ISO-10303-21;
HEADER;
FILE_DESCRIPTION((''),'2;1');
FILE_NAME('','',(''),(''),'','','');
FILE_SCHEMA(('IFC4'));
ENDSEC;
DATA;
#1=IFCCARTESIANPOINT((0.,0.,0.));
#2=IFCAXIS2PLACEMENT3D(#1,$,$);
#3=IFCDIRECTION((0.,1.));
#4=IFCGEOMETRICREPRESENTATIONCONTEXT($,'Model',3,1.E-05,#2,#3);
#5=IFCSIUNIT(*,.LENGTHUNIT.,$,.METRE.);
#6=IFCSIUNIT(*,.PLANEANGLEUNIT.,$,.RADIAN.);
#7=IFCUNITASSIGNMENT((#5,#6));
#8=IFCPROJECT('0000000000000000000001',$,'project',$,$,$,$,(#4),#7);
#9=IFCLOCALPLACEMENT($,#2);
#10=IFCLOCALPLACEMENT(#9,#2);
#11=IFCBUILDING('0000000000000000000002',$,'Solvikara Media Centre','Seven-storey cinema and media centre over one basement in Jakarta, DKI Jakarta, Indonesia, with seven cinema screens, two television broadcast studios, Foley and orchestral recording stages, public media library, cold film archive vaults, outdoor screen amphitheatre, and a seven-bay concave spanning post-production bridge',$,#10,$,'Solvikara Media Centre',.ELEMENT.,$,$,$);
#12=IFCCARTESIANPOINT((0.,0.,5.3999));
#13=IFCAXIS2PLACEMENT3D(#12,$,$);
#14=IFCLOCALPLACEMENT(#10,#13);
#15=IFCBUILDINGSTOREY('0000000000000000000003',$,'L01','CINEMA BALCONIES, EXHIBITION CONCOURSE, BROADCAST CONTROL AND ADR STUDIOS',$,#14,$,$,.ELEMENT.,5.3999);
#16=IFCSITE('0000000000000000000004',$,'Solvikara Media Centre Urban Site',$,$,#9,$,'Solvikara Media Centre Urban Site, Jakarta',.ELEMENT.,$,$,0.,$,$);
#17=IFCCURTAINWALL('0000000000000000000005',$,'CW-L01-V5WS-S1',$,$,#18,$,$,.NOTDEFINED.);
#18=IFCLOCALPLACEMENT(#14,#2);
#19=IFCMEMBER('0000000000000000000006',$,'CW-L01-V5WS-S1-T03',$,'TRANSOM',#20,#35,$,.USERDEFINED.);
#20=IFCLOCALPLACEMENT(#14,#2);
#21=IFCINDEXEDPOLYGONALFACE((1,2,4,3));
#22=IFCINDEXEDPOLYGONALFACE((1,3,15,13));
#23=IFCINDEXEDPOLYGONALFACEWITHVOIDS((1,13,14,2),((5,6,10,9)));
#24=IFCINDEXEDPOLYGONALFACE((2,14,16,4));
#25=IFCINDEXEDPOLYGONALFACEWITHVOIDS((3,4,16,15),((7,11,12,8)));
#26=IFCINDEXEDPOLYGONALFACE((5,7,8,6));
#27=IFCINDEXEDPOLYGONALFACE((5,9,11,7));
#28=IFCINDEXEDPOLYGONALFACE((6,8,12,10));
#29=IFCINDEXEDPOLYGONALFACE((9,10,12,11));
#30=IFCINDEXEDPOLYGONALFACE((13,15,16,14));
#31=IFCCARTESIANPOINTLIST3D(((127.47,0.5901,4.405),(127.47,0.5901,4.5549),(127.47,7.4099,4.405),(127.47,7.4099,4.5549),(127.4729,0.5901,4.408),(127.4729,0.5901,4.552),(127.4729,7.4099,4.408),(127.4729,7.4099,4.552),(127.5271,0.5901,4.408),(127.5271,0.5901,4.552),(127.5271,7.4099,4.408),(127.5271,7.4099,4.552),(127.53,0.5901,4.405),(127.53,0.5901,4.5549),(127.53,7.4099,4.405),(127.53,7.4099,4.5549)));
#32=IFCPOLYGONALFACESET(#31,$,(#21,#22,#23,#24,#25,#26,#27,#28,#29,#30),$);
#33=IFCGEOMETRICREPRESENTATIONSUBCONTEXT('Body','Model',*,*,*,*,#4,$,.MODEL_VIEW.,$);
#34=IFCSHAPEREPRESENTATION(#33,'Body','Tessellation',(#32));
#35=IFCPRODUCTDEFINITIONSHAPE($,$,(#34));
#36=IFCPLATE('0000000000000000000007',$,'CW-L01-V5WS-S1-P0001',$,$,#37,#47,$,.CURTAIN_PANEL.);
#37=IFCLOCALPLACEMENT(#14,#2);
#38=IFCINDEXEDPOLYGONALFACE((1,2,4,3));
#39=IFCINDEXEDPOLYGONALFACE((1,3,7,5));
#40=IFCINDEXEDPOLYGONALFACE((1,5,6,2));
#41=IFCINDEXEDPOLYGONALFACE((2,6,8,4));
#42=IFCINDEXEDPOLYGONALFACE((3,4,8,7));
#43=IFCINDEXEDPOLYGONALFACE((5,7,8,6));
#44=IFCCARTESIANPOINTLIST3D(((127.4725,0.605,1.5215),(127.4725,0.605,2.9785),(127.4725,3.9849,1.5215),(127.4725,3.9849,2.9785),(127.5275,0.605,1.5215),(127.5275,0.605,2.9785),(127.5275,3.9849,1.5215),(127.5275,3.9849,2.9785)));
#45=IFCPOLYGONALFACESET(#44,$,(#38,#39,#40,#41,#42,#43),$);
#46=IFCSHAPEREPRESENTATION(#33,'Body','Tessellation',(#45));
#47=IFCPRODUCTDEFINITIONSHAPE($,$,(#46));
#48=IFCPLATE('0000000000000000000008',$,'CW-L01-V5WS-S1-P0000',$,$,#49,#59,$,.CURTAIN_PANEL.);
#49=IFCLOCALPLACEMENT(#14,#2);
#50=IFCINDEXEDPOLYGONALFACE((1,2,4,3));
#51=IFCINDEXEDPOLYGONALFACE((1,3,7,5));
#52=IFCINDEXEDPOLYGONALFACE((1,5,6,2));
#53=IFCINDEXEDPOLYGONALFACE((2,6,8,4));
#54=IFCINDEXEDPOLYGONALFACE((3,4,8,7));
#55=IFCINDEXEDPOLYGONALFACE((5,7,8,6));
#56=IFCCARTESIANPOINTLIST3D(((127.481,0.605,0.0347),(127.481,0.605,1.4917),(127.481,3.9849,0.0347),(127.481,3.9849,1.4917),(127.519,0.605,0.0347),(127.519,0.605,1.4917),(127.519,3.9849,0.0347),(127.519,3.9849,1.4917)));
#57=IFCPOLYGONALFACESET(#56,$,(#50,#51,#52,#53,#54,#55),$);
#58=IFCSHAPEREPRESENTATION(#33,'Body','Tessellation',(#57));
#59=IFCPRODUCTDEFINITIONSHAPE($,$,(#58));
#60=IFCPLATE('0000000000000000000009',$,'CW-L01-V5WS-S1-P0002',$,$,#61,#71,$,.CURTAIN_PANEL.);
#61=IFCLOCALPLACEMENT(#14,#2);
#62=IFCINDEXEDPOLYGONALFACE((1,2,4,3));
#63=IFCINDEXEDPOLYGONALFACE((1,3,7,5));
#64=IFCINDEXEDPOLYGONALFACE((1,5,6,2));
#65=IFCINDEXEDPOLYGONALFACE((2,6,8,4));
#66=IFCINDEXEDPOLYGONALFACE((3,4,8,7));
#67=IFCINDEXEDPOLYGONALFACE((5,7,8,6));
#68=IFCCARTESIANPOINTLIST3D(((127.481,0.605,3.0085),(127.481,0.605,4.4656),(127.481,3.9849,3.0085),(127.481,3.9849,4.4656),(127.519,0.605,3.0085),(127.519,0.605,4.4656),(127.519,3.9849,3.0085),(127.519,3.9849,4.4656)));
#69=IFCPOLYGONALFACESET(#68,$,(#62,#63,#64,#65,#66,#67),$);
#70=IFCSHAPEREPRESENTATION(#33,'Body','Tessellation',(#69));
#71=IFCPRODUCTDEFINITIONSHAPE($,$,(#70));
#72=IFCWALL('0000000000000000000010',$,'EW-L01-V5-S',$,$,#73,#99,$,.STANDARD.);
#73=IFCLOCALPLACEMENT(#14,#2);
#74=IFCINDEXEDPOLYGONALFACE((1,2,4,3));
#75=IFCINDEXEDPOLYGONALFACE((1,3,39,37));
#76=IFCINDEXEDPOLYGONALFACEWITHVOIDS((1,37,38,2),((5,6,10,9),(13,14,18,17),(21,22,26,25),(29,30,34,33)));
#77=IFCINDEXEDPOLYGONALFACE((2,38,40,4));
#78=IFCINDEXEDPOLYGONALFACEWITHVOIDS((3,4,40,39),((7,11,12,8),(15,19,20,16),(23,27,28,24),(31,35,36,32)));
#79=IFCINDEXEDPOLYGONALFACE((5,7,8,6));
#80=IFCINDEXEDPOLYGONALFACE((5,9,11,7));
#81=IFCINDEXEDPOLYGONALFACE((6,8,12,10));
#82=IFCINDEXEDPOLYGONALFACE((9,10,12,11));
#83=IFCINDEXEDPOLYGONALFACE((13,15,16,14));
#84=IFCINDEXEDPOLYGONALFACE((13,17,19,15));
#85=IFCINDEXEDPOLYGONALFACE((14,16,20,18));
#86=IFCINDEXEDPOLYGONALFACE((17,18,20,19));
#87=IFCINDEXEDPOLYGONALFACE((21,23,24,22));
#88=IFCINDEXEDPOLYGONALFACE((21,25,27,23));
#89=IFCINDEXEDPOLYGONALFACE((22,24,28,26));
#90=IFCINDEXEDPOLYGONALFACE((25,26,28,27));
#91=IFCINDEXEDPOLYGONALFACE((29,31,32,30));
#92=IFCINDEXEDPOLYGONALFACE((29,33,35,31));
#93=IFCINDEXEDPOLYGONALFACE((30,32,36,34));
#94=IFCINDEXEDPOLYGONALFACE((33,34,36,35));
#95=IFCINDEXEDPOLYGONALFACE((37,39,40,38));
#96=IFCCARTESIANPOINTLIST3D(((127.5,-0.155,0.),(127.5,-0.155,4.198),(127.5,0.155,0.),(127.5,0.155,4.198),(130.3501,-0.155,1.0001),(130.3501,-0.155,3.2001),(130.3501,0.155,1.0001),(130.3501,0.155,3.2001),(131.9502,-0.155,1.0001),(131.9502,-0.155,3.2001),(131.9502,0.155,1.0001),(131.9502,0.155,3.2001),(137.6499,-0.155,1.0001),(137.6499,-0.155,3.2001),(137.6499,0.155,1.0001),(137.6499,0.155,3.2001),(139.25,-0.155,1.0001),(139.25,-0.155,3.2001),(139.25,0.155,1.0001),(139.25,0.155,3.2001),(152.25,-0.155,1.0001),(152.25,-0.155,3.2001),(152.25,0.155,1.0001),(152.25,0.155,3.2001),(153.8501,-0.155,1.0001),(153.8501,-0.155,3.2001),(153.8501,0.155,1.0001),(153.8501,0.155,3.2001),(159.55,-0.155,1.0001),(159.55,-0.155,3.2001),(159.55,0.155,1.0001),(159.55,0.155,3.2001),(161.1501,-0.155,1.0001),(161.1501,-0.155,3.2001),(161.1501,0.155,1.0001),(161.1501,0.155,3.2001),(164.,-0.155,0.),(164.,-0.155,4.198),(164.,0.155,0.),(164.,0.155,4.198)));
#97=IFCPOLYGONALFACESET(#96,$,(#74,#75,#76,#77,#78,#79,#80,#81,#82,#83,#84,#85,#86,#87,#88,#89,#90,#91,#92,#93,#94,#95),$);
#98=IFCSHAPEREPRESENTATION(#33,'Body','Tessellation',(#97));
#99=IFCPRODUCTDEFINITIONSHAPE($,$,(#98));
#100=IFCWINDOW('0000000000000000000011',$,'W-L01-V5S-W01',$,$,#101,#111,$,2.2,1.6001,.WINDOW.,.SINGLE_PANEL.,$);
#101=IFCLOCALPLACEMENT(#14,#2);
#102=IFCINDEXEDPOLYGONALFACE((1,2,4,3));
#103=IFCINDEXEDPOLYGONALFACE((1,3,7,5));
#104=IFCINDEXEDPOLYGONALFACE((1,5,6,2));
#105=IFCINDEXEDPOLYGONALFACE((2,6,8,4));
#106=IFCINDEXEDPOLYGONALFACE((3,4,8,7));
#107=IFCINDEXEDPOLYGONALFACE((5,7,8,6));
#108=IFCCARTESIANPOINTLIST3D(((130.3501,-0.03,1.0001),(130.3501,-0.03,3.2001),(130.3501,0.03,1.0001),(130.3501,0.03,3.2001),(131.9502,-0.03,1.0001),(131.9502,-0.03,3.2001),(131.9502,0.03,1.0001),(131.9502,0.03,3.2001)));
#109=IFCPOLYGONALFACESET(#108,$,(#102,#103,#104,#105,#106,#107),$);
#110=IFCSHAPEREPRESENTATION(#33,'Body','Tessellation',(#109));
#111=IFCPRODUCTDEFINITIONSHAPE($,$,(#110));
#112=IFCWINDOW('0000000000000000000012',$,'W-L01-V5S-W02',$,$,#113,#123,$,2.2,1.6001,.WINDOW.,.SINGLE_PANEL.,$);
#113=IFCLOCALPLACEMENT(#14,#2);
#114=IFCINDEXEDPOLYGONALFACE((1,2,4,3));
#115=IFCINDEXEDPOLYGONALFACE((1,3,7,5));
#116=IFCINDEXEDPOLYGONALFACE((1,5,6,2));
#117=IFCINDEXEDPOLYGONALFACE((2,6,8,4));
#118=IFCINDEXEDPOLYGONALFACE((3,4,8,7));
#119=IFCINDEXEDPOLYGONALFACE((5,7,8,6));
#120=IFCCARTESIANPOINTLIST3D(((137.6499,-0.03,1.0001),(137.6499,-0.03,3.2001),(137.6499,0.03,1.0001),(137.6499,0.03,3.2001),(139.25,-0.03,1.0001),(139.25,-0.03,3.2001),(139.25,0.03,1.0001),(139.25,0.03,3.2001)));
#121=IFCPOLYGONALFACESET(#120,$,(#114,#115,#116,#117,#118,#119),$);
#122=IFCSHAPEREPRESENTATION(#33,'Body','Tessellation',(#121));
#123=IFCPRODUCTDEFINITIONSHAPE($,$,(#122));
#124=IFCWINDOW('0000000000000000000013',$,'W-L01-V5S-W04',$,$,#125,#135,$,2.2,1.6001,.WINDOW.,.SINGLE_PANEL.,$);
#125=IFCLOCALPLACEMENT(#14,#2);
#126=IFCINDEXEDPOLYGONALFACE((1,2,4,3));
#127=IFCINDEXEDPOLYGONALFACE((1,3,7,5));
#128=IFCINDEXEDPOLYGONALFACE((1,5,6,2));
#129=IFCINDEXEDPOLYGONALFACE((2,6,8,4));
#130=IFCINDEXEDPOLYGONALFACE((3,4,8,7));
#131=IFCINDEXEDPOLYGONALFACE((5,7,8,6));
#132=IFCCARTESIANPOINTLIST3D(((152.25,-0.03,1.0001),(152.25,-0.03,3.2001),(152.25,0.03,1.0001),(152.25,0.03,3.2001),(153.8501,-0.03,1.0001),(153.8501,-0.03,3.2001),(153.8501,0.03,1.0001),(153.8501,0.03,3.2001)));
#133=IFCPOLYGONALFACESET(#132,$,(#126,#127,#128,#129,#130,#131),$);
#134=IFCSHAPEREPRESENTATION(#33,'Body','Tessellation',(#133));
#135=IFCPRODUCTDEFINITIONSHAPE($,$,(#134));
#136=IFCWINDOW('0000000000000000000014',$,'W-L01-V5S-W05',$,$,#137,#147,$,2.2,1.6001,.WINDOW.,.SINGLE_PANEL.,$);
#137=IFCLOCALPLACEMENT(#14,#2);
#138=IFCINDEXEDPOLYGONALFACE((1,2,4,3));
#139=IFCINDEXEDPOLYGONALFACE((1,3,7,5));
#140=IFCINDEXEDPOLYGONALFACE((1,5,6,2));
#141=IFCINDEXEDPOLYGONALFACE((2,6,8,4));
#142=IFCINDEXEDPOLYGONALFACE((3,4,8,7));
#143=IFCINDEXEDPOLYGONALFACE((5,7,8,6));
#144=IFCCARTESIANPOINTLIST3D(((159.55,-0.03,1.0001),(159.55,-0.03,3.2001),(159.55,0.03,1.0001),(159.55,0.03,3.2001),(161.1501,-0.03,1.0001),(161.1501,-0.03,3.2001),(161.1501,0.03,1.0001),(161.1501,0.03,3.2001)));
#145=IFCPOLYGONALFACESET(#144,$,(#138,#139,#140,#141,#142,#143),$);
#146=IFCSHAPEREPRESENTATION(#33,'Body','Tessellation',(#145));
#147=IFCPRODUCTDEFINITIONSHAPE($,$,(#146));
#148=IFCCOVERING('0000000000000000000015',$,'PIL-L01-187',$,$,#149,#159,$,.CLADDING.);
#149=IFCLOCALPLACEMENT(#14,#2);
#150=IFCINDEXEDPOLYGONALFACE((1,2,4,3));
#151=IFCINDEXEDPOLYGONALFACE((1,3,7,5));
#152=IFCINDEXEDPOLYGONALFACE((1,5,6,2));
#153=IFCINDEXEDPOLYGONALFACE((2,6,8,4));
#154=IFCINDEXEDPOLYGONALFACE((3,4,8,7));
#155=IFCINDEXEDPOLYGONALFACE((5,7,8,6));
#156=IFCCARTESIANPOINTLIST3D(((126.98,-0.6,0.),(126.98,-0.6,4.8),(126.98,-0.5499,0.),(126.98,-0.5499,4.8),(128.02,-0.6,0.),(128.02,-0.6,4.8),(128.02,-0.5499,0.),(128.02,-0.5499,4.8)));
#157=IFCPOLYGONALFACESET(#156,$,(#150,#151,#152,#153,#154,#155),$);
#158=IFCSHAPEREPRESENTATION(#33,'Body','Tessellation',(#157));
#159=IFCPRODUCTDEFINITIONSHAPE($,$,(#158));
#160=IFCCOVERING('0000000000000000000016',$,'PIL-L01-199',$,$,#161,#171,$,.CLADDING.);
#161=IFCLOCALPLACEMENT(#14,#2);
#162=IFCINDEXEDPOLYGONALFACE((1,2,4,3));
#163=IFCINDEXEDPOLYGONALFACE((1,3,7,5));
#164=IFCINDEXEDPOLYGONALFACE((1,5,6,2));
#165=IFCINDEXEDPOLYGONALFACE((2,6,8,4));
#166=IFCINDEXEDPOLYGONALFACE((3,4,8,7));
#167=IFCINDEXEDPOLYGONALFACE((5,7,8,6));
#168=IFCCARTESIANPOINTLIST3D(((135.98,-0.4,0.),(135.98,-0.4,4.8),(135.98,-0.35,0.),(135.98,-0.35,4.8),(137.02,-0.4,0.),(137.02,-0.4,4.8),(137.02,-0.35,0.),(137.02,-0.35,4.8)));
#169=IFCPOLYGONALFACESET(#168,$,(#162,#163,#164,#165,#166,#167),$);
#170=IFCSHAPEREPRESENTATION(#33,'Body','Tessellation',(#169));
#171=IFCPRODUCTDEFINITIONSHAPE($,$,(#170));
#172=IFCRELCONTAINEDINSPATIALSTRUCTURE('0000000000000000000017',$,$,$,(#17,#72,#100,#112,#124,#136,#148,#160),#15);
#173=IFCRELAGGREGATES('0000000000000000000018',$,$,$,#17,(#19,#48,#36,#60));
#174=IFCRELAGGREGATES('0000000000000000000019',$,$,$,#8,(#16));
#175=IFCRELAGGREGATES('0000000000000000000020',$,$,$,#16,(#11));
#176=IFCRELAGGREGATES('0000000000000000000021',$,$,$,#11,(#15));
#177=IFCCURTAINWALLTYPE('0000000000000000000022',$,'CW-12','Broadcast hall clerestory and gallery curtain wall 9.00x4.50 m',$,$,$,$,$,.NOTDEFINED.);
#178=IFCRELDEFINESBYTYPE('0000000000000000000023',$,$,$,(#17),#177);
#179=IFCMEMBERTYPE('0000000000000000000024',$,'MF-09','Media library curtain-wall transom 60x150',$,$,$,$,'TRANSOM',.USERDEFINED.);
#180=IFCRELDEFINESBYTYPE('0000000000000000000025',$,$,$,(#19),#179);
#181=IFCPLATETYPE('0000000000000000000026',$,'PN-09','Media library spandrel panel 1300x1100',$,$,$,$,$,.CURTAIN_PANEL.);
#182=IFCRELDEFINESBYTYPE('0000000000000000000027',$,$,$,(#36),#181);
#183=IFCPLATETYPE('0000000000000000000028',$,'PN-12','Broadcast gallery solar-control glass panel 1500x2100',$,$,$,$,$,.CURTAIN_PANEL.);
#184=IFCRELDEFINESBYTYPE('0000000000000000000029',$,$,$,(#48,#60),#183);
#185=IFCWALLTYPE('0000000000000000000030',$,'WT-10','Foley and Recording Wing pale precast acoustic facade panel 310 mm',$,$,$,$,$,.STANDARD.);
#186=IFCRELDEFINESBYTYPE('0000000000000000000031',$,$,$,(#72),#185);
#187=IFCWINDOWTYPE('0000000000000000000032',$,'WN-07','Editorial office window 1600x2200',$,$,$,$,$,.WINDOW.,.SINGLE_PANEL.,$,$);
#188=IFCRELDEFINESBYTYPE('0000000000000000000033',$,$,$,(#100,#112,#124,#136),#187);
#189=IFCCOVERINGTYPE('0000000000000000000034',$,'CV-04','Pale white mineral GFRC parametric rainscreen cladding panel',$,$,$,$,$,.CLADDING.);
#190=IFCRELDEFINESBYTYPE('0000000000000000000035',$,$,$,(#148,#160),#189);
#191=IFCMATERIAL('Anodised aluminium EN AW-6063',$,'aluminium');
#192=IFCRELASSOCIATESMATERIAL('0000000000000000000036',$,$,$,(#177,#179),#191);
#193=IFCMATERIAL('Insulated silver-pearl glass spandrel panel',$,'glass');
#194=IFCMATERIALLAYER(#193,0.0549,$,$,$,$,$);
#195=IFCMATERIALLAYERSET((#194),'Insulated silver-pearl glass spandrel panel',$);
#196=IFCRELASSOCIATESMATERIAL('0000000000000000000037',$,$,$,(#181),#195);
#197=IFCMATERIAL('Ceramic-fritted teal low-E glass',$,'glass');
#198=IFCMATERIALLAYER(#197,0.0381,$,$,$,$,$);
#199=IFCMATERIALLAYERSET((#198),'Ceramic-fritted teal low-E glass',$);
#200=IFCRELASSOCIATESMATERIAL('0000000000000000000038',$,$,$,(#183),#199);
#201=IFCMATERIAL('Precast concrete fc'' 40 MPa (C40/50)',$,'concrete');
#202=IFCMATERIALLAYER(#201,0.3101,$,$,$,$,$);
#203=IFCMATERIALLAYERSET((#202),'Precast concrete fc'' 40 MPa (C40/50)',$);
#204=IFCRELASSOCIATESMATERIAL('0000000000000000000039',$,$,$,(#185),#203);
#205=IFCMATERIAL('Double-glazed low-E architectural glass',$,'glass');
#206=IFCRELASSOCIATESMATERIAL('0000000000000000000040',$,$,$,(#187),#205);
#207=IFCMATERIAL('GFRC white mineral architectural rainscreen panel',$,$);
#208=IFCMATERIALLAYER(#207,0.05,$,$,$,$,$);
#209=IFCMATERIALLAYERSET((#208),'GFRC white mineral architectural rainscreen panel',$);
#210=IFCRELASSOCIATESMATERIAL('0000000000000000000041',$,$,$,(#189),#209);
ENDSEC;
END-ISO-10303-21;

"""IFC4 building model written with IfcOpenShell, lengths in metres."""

from ifc_helpers import new_model, si_unit, direction, frame, frame_2d, origin, origin_2d, place, context, subcontext, project, spatial, rectangle, hollow_rectangle, extrude, material, layer, layer_set, material_profile, profile_set, type_object, element, fill, aggregate, save


model = new_model("IFC4")

# Units and contexts
model_context = context("Model", 3, precision=1e-05, world=origin(), true_north=direction((0.0, 1.0)))
body_context = subcontext(model_context, "Body", "Model", "MODEL_VIEW")
ifc_project = project(units=[si_unit("LENGTHUNIT", "METRE"), si_unit("PLANEANGLEUNIT", "RADIAN")], contexts=[model_context])

# Site, building, storey
site_placement = place(None, origin())
site = spatial("IfcSite", under=ifc_project, at=site_placement, Name="Solvikara Media Centre Urban Site", LongName="Solvikara Media Centre Urban Site, Jakarta", CompositionType="ELEMENT", RefElevation=0.0)
building_placement = place(site_placement, origin())
building = spatial("IfcBuilding", under=site, at=building_placement, Name="Solvikara Media Centre", Description="Seven-storey cinema and media centre over one basement in Jakarta, DKI Jakarta, Indonesia, with seven cinema screens, two television broadcast studios, Foley and orchestral recording stages, public media library, cold film archive vaults, outdoor screen amphitheatre, and a seven-bay concave spanning post-production bridge", LongName="Solvikara Media Centre", CompositionType="ELEMENT")
storey_placement = place(building_placement, frame((0.0, 0.0, 5.3999)))
storey = spatial("IfcBuildingStorey", under=building, at=storey_placement, Name="L01", Description="CINEMA BALCONIES, EXHIBITION CONCOURSE, BROADCAST CONTROL AND ADR STUDIOS", CompositionType="ELEMENT", Elevation=5.3999)

# Curtain wall, member, plates
ifc_material_1 = material(Name="Anodised aluminium EN AW-6063", Category="aluminium")
curtain_wall_type = type_object("IfcCurtainWallType", Name="CW-12", Description="Broadcast hall clerestory and gallery curtain wall 9.00x4.50 m", PredefinedType="NOTDEFINED", material=ifc_material_1)
curtain_wall_placement = place(storey_placement, origin())
curtain_wall = element("IfcCurtainWall", 1, at=curtain_wall_placement, inside=storey, type_object=curtain_wall_type, Name="CW-L01-V5WS-S1", PredefinedType="NOTDEFINED")
ifc_material_profile_1 = material_profile(ifc_material_1, hollow_rectangle(XDim=0.0601, YDim=0.1499, WallThickness=0.0029, at=origin_2d()), Name="ALU-T 60x150x3")
ifc_profile_set_1 = profile_set([ifc_material_profile_1], Name="Anodised aluminium EN AW-6063")
member_type_1 = type_object("IfcMemberType", Name="MF-09", Description="Media library curtain-wall transom 60x150", ElementType="TRANSOM", PredefinedType="USERDEFINED", material=ifc_profile_set_1)
member_1_placement = place(storey_placement, frame((127.5, 0.5901, 4.48), z_axis=(0.0, 1.0, 0.0), x_axis=(-1.0, 0.0, 0.0)))
member_1 = element("IfcMember", 2, at=member_1_placement, type_object=member_type_1, Name="CW-L01-V5WS-S1-T03", ObjectType="TRANSOM", PredefinedType="USERDEFINED", context=body_context, shape_type="SweptSolid", body=[
    extrude(hollow_rectangle(XDim=0.0601, YDim=0.1499, WallThickness=0.0029, at=origin_2d()), origin(), (0.0, 0.0, 1.0), 6.8198),
])
ifc_material_2 = material(Name="Insulated silver-pearl glass spandrel panel", Category="glass")
ifc_layer_1 = layer(ifc_material_2, 0.0549)
ifc_layer_set_1 = layer_set([ifc_layer_1], Name="Insulated silver-pearl glass spandrel panel")
plate_type_1 = type_object("IfcPlateType", Name="PN-09", Description="Media library spandrel panel 1300x1100", PredefinedType="CURTAIN_PANEL", material=ifc_layer_set_1)
plate_1_placement = place(storey_placement, frame((127.5, 2.2949, 1.5215), z_axis=(0.0, 0.0, 1.0), x_axis=(0.0, 1.0, 0.0)))
plate_1 = element("IfcPlate", 3, at=plate_1_placement, type_object=plate_type_1, Name="CW-L01-V5WS-S1-P0001", PredefinedType="CURTAIN_PANEL", context=body_context, shape_type="SweptSolid", body=[
    extrude(rectangle(XDim=3.3799, YDim=0.0549, at=origin_2d()), origin(), (0.0, 0.0, 1.0), 1.457),
])
ifc_material_3 = material(Name="Ceramic-fritted teal low-E glass", Category="glass")
ifc_layer_2 = layer(ifc_material_3, 0.0381)
ifc_layer_set_2 = layer_set([ifc_layer_2], Name="Ceramic-fritted teal low-E glass")
plate_type_2 = type_object("IfcPlateType", Name="PN-12", Description="Broadcast gallery solar-control glass panel 1500x2100", PredefinedType="CURTAIN_PANEL", material=ifc_layer_set_2)
plate_2_placement = place(storey_placement, frame((127.5, 2.2949, 0.0347), z_axis=(0.0, 0.0, 1.0), x_axis=(0.0, 1.0, 0.0)))
plate_2 = element("IfcPlate", 4, at=plate_2_placement, type_object=plate_type_2, Name="CW-L01-V5WS-S1-P0000", PredefinedType="CURTAIN_PANEL", context=body_context, shape_type="SweptSolid", body=[
    extrude(rectangle(XDim=3.3799, YDim=0.0381, at=origin_2d()), origin(), (0.0, 0.0, 1.0), 1.457),
])
plate_3_placement = place(storey_placement, frame((127.5, 2.2949, 3.0085), z_axis=(0.0, 0.0, 1.0), x_axis=(0.0, 1.0, 0.0)))
plate_3 = element("IfcPlate", 5, at=plate_3_placement, type_object=plate_type_2, Name="CW-L01-V5WS-S1-P0002", PredefinedType="CURTAIN_PANEL", context=body_context, shape_type="SweptSolid", body=[
    extrude(rectangle(XDim=3.3799, YDim=0.0381, at=origin_2d()), origin(), (0.0, 0.0, 1.0), 1.457),
])
aggregate(curtain_wall, [member_1, plate_2, plate_1, plate_3])

# Wall, openings, windows
ifc_material_4 = material(Name="Precast concrete fc' 40 MPa (C40/50)", Category="concrete")
ifc_layer_3 = layer(ifc_material_4, 0.3101)
ifc_layer_set_3 = layer_set([ifc_layer_3], Name="Precast concrete fc' 40 MPa (C40/50)")
wall_type = type_object("IfcWallType", Name="WT-10", Description="Foley and Recording Wing pale precast acoustic facade panel 310 mm", PredefinedType="STANDARD", material=ifc_layer_set_3)
wall_placement = place(storey_placement, frame((127.5, 0.0, 0.0), z_axis=(0.0, 0.0, 1.0), x_axis=(1.0, 0.0, 0.0)))
wall = element("IfcWall", 6, at=wall_placement, inside=storey, type_object=wall_type, Name="EW-L01-V5-S", PredefinedType="STANDARD", context=body_context, shape_type="SweptSolid", body=[
    extrude(rectangle(XDim=36.5, YDim=0.3101, at=frame_2d((18.25, 0.0))), origin(), (0.0, 0.0, 1.0), 4.198),
])
opening_1_placement = place(wall_placement, frame((2.8501, 0.0, 1.0)))
opening_1 = element("IfcOpeningElement", 7, at=opening_1_placement, cuts=wall, PredefinedType="OPENING", context=body_context, shape_type="SweptSolid", body=[
    extrude(rectangle(XDim=1.6001, YDim=2.2, at=frame_2d((0.8, 1.1001))), frame((0.0, 0.167, 0.0), z_axis=(0.0, -1.0, 0.0), x_axis=(1.0, 0.0, 0.0)), (0.0, 0.0, 1.0), 0.334),
])
opening_2_placement = place(wall_placement, frame((10.1499, 0.0, 1.0)))
opening_2 = element("IfcOpeningElement", 8, at=opening_2_placement, cuts=wall, PredefinedType="OPENING", context=body_context, shape_type="SweptSolid", body=[
    extrude(rectangle(XDim=1.6001, YDim=2.2, at=frame_2d((0.8, 1.1001))), frame((0.0, 0.167, 0.0), z_axis=(0.0, -1.0, 0.0), x_axis=(1.0, 0.0, 0.0)), (0.0, 0.0, 1.0), 0.334),
])
opening_3_placement = place(wall_placement, frame((24.75, 0.0, 1.0)))
opening_3 = element("IfcOpeningElement", 9, at=opening_3_placement, cuts=wall, PredefinedType="OPENING", context=body_context, shape_type="SweptSolid", body=[
    extrude(rectangle(XDim=1.6001, YDim=2.2, at=frame_2d((0.8, 1.1001))), frame((0.0, 0.167, 0.0), z_axis=(0.0, -1.0, 0.0), x_axis=(1.0, 0.0, 0.0)), (0.0, 0.0, 1.0), 0.334),
])
opening_4_placement = place(wall_placement, frame((32.05, 0.0, 1.0)))
opening_4 = element("IfcOpeningElement", 10, at=opening_4_placement, cuts=wall, PredefinedType="OPENING", context=body_context, shape_type="SweptSolid", body=[
    extrude(rectangle(XDim=1.6001, YDim=2.2, at=frame_2d((0.8, 1.1001))), frame((0.0, 0.167, 0.0), z_axis=(0.0, -1.0, 0.0), x_axis=(1.0, 0.0, 0.0)), (0.0, 0.0, 1.0), 0.334),
])
ifc_material_5 = material(Name="Double-glazed low-E architectural glass", Category="glass")
window_type = type_object("IfcWindowType", Name="WN-07", Description="Editorial office window 1600x2200", PartitioningType="SINGLE_PANEL", PredefinedType="WINDOW", material=ifc_material_5)
window_1_placement = place(opening_1_placement, origin())
window_1 = element("IfcWindow", 11, at=window_1_placement, inside=storey, type_object=window_type, Name="W-L01-V5S-W01", OverallHeight=2.2, OverallWidth=1.6001, PartitioningType="SINGLE_PANEL", PredefinedType="WINDOW", context=body_context, shape_type="SweptSolid", body=[
    extrude(rectangle(XDim=1.6001, YDim=2.2, at=frame_2d((0.8, 1.1001))), frame((0.0, 0.03, 0.0), z_axis=(0.0, -1.0, 0.0), x_axis=(1.0, 0.0, 0.0)), (0.0, 0.0, 1.0), 0.0601),
])
fill(opening_1, window_1)
window_2_placement = place(opening_2_placement, origin())
window_2 = element("IfcWindow", 12, at=window_2_placement, inside=storey, type_object=window_type, Name="W-L01-V5S-W02", OverallHeight=2.2, OverallWidth=1.6001, PartitioningType="SINGLE_PANEL", PredefinedType="WINDOW", context=body_context, shape_type="SweptSolid", body=[
    extrude(rectangle(XDim=1.6001, YDim=2.2, at=frame_2d((0.8, 1.1001))), frame((0.0, 0.03, 0.0), z_axis=(0.0, -1.0, 0.0), x_axis=(1.0, 0.0, 0.0)), (0.0, 0.0, 1.0), 0.0601),
])
fill(opening_2, window_2)
window_3_placement = place(opening_3_placement, origin())
window_3 = element("IfcWindow", 13, at=window_3_placement, inside=storey, type_object=window_type, Name="W-L01-V5S-W04", OverallHeight=2.2, OverallWidth=1.6001, PartitioningType="SINGLE_PANEL", PredefinedType="WINDOW", context=body_context, shape_type="SweptSolid", body=[
    extrude(rectangle(XDim=1.6001, YDim=2.2, at=frame_2d((0.8, 1.1001))), frame((0.0, 0.03, 0.0), z_axis=(0.0, -1.0, 0.0), x_axis=(1.0, 0.0, 0.0)), (0.0, 0.0, 1.0), 0.0601),
])
fill(opening_3, window_3)
window_4_placement = place(opening_4_placement, origin())
window_4 = element("IfcWindow", 14, at=window_4_placement, inside=storey, type_object=window_type, Name="W-L01-V5S-W05", OverallHeight=2.2, OverallWidth=1.6001, PartitioningType="SINGLE_PANEL", PredefinedType="WINDOW", context=body_context, shape_type="SweptSolid", body=[
    extrude(rectangle(XDim=1.6001, YDim=2.2, at=frame_2d((0.8, 1.1001))), frame((0.0, 0.03, 0.0), z_axis=(0.0, -1.0, 0.0), x_axis=(1.0, 0.0, 0.0)), (0.0, 0.0, 1.0), 0.0601),
])
fill(opening_4, window_4)

# Coverings
ifc_material_6 = material(Name="GFRC white mineral architectural rainscreen panel")
ifc_layer_4 = layer(ifc_material_6, 0.05)
ifc_layer_set_4 = layer_set([ifc_layer_4], Name="GFRC white mineral architectural rainscreen panel")
covering_type = type_object("IfcCoveringType", Name="CV-04", Description="Pale white mineral GFRC parametric rainscreen cladding panel", PredefinedType="CLADDING", material=ifc_layer_set_4)
for number, where, z_axis, x_axis, name in (
    (15, (127.5, -0.575, 0.0), (0.0, 0.0, 1.0), (1.0, 0.0, 0.0), "PIL-L01-187"),
    (16, (136.5, -0.375, 0.0), (0.0, 0.0, 1.0), (1.0, 0.0, 0.0), "PIL-L01-199"),
):
    element("IfcCovering", number, at=place(storey_placement, frame(where, z_axis=z_axis, x_axis=x_axis)), inside=storey, type_object=covering_type, Name=name, PredefinedType="CLADDING", context=body_context, shape_type="SweptSolid", body=[
        extrude(rectangle(XDim=1.04, YDim=0.05, at=origin_2d()), origin(), (0.0, 0.0, 1.0), 4.8),
    ])

save(model, "model.ifc")
